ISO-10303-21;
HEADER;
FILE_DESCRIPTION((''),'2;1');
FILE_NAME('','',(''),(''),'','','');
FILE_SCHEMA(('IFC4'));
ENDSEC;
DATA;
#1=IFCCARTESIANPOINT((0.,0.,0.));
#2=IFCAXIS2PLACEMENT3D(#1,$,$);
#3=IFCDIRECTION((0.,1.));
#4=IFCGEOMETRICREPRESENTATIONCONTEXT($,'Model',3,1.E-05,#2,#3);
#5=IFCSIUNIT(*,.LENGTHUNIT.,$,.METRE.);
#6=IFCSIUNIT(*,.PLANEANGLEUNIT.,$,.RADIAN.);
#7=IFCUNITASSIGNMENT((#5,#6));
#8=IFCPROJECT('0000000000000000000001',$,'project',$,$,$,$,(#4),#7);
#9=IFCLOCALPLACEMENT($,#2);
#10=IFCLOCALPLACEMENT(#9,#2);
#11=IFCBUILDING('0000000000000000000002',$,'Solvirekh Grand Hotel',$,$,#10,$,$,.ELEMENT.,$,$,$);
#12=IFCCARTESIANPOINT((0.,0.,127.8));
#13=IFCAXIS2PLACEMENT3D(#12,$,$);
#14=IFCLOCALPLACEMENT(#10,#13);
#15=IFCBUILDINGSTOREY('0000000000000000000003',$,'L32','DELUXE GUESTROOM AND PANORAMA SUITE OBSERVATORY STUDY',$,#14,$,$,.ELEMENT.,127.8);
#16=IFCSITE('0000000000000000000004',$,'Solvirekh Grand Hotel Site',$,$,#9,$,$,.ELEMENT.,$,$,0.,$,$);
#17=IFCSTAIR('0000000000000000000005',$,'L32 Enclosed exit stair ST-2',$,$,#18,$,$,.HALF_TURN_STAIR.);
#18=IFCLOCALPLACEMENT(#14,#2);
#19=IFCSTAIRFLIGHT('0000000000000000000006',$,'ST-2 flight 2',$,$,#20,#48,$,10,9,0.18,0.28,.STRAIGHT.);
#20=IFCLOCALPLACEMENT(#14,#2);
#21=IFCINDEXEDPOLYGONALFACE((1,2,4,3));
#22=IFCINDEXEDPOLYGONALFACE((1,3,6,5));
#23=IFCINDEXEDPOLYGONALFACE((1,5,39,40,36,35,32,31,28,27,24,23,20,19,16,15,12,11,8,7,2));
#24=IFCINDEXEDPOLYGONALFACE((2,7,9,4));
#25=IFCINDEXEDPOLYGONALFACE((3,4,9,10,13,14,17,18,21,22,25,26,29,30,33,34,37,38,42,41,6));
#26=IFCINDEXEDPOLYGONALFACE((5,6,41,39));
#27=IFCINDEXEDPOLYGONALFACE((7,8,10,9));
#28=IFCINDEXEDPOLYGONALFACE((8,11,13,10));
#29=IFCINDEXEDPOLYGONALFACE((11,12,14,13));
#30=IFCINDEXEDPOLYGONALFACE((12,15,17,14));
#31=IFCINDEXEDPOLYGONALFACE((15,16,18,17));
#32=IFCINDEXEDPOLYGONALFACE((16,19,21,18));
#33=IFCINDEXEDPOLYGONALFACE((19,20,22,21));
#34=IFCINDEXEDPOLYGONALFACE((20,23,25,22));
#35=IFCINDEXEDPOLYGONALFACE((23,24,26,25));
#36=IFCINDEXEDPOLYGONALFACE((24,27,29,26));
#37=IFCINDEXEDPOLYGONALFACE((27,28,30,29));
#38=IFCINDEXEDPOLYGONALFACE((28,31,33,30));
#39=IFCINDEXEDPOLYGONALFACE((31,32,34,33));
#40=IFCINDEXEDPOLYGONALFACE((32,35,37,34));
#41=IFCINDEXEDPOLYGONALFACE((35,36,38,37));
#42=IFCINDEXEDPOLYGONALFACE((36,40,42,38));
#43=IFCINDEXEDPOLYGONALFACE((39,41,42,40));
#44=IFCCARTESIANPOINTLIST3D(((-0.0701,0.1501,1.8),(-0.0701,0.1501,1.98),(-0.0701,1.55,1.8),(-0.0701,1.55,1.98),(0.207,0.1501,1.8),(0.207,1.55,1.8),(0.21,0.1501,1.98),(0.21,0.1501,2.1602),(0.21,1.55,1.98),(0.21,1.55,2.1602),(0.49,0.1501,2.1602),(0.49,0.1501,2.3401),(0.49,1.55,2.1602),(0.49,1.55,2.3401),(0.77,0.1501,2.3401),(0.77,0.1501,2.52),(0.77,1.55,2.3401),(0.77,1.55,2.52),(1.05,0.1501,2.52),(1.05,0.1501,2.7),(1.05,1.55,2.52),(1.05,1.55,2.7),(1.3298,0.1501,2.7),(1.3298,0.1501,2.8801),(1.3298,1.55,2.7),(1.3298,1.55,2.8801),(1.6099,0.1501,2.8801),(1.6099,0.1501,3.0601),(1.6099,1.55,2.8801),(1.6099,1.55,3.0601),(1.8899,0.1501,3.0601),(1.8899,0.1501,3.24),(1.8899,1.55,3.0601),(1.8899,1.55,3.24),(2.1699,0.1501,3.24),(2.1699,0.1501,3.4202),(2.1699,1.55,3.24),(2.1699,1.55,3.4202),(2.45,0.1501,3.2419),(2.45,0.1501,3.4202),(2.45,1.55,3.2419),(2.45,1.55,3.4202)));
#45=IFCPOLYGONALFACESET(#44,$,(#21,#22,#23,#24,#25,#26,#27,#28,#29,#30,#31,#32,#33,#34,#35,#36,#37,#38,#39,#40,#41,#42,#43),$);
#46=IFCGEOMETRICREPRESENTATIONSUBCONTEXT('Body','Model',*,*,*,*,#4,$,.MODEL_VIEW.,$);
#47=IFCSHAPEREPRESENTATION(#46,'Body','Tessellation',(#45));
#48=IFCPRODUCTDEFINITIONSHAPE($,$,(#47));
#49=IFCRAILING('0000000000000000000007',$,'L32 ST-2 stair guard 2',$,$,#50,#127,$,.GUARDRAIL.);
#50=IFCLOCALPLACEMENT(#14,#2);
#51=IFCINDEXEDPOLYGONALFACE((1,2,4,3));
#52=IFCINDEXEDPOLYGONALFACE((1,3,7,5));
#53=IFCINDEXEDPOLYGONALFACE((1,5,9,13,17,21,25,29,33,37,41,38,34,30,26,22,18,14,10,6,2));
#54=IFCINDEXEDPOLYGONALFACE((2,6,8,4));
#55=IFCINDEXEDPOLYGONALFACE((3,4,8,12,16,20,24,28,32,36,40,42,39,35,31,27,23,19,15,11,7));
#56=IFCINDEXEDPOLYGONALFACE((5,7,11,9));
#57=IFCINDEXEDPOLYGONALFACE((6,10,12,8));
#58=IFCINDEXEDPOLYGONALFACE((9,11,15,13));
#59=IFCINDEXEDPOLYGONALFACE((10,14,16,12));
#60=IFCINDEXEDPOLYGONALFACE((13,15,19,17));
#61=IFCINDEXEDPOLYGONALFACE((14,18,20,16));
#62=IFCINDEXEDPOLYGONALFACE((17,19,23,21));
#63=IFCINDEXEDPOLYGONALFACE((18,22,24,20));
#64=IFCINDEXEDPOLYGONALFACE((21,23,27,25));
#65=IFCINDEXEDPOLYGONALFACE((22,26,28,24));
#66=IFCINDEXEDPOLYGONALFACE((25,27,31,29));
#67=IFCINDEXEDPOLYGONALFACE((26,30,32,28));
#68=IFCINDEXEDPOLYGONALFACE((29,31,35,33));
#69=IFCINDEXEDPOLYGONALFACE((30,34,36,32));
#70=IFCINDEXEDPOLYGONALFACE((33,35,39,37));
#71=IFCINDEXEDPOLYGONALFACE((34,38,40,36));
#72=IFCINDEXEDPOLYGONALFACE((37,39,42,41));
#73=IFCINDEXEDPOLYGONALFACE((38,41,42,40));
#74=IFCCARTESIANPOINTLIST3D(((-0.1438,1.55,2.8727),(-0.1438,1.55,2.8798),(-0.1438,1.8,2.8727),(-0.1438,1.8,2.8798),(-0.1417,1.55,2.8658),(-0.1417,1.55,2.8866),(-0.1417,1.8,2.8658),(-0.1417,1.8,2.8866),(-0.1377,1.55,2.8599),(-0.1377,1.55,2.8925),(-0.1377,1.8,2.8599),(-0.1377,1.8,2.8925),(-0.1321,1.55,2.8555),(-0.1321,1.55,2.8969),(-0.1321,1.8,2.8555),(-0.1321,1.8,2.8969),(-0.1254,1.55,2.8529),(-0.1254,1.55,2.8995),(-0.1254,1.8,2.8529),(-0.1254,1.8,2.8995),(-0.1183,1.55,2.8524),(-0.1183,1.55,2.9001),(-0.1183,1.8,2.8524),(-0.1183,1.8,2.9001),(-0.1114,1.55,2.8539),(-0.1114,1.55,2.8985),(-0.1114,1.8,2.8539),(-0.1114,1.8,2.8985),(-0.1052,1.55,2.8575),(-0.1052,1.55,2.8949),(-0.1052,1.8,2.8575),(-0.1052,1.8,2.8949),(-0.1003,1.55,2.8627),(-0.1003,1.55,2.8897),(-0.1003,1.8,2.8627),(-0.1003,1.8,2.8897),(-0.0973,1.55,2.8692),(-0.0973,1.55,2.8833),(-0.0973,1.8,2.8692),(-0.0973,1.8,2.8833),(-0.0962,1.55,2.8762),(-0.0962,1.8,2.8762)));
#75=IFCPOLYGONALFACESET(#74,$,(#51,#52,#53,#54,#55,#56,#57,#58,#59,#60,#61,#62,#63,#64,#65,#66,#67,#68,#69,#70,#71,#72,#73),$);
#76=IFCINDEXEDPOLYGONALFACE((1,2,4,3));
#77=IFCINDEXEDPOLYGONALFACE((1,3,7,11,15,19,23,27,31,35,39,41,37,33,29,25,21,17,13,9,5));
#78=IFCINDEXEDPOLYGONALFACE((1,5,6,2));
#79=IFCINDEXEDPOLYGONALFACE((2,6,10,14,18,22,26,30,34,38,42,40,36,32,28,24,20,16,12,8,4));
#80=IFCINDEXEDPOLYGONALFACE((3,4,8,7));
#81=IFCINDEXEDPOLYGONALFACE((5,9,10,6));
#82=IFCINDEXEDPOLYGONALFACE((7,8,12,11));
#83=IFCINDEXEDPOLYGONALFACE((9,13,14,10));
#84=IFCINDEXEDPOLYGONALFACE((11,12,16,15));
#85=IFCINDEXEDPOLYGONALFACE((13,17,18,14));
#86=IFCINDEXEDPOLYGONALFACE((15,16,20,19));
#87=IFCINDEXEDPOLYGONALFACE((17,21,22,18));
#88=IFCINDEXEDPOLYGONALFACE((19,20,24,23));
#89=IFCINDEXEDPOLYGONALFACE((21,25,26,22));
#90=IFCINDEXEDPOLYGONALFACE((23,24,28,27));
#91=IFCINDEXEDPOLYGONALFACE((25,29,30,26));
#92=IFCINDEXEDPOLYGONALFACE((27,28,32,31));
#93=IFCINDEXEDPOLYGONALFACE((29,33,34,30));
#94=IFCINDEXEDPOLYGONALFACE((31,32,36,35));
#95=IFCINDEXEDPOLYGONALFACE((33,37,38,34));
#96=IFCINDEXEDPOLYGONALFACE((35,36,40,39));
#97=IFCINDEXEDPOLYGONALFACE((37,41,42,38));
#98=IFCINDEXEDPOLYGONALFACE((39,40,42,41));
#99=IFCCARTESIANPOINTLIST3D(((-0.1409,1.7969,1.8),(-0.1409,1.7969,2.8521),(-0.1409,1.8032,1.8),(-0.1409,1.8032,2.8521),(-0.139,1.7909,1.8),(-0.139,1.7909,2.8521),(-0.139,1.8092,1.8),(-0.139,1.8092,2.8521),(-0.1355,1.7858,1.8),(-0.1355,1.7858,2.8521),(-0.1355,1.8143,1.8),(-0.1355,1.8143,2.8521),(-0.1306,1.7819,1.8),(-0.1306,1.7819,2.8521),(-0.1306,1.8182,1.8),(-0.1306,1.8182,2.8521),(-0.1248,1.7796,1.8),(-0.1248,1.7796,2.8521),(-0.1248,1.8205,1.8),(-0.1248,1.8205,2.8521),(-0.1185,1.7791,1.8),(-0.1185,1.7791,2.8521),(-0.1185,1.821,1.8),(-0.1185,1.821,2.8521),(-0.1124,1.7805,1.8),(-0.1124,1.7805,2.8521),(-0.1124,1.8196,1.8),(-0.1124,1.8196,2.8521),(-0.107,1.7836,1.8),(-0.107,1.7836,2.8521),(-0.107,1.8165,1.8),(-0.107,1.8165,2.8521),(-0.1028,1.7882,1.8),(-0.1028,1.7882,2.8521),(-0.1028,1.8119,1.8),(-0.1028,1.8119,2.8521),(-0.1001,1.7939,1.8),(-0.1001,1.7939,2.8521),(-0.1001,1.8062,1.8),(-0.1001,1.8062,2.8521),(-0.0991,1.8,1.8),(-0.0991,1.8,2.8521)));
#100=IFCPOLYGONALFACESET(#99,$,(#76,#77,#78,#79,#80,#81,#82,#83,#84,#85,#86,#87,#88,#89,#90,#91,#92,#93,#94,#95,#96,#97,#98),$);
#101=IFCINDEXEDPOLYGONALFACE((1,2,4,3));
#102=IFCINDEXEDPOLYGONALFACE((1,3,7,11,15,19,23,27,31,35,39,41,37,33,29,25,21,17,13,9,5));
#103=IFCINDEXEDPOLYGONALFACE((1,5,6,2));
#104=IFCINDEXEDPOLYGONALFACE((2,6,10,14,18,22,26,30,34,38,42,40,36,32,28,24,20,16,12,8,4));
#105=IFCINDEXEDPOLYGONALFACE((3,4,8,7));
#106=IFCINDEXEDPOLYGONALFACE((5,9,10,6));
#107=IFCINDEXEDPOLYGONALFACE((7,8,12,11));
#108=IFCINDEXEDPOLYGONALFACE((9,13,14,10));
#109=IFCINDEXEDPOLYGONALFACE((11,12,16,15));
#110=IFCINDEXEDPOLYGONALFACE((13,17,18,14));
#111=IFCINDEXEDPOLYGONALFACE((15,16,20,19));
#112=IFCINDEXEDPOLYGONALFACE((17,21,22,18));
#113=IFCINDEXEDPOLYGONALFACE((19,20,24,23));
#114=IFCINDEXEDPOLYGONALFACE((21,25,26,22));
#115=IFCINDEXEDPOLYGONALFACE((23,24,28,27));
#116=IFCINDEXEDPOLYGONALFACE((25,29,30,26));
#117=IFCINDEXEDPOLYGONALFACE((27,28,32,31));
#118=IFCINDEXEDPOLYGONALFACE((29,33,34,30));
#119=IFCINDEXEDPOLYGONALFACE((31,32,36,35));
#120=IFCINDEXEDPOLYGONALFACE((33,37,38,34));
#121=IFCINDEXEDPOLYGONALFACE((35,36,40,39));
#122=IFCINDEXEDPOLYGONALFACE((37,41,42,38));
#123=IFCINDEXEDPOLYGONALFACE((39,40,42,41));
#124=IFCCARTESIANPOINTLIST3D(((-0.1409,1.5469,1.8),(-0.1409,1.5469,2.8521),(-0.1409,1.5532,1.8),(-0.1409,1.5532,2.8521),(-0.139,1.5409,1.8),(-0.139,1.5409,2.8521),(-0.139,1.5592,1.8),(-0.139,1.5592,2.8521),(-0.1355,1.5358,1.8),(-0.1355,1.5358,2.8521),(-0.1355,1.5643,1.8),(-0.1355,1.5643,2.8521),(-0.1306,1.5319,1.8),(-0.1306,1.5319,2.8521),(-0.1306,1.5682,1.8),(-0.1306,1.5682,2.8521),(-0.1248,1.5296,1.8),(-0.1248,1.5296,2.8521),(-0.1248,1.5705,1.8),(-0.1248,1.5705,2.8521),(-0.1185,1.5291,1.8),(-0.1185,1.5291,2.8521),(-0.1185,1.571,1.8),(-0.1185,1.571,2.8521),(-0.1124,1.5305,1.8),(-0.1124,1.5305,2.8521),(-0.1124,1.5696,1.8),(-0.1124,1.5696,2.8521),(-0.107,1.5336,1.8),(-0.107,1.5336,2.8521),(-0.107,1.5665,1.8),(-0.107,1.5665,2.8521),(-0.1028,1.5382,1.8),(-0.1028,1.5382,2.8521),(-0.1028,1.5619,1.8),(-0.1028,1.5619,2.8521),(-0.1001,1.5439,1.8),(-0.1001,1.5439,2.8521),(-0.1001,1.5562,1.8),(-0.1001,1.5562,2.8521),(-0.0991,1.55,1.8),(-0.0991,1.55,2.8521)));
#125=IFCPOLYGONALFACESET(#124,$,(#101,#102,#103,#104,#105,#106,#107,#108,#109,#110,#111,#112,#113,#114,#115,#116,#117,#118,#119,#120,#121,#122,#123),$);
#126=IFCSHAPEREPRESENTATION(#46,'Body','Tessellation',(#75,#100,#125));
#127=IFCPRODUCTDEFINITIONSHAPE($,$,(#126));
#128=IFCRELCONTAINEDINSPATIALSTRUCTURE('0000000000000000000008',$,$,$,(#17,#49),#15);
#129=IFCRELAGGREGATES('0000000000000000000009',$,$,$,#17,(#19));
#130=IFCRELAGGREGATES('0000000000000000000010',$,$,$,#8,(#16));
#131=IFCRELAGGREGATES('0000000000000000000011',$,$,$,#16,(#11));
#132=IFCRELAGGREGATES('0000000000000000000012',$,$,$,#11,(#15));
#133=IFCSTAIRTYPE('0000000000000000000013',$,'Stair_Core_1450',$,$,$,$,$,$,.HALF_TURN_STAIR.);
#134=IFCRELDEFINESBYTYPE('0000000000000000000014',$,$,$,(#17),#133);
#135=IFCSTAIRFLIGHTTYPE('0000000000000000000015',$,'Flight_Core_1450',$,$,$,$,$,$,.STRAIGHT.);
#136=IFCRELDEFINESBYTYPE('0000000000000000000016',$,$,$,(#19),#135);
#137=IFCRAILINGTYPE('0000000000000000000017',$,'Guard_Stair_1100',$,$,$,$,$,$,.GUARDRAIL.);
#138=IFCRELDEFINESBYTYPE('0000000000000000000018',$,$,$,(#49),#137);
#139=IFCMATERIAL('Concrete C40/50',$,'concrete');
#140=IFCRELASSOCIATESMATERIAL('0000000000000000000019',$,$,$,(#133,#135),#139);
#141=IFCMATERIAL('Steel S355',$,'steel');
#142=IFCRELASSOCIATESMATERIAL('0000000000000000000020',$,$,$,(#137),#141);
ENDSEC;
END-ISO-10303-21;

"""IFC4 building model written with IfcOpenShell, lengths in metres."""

from ifc_helpers import new_model, si_unit, direction, frame, origin, origin_2d, place, context, subcontext, project, spatial, polyline, circle, outline, extrude, material, type_object, element, aggregate, save


model = new_model("IFC4")

# Units and contexts
model_context = context("Model", 3, precision=1e-05, world=origin(), true_north=direction((0.0, 1.0)))
body_context = subcontext(model_context, "Body", "Model", "MODEL_VIEW")
ifc_project = project(units=[si_unit("LENGTHUNIT", "METRE"), si_unit("PLANEANGLEUNIT", "RADIAN")], contexts=[model_context])

# Site, building, storey
site_placement = place(None, origin())
site = spatial("IfcSite", under=ifc_project, at=site_placement, Name="Solvirekh Grand Hotel Site", CompositionType="ELEMENT", RefElevation=0.0)
building_placement = place(site_placement, origin())
building = spatial("IfcBuilding", under=site, at=building_placement, Name="Solvirekh Grand Hotel", CompositionType="ELEMENT")
storey_placement = place(building_placement, frame((0.0, 0.0, 127.8)))
storey = spatial("IfcBuildingStorey", under=building, at=storey_placement, Name="L32", Description="DELUXE GUESTROOM AND PANORAMA SUITE OBSERVATORY STUDY", CompositionType="ELEMENT", Elevation=127.8)

# Shared definitions
ifc_material_1 = material(Name="Steel S355", Category="steel")

# Shared definitions
ifc_material_2 = material(Name="Concrete C40/50", Category="concrete")

# Stair, stair flight
stair_type = type_object("IfcStairType", Name="Stair_Core_1450", PredefinedType="HALF_TURN_STAIR", material=ifc_material_2)
stair_placement = place(storey_placement, origin())
stair = element("IfcStair", 1, at=stair_placement, inside=storey, type_object=stair_type, Name="L32 Enclosed exit stair ST-2", PredefinedType="HALF_TURN_STAIR")
stair_flight_type = type_object("IfcStairFlightType", Name="Flight_Core_1450", PredefinedType="STRAIGHT", material=ifc_material_2)
stair_flight_placement = place(storey_placement, frame((-0.0701, 0.8501, 1.8), z_axis=(0.0, 0.0, 1.0), x_axis=(1.0, 0.0, 0.0)))
stair_flight = element("IfcStairFlight", 2, at=stair_flight_placement, type_object=stair_flight_type, Name="ST-2 flight 2", NumberOfRisers=10, NumberOfTreads=9, PredefinedType="STRAIGHT", RiserHeight=0.18, TreadLength=0.28, context=body_context, shape_type="SweptSolid", body=[
    extrude(outline(polyline([(0.0, 0.0), (0.0, 0.1799), (0.28, 0.1799), (0.28, 0.3601), (0.5601, 0.3601), (0.5601, 0.54), (0.8401, 0.54), (0.8401, 0.72), (1.1201, 0.72), (1.1201, 0.8999), (1.3999, 0.8999), (1.3999, 1.0801), (1.6799, 1.0801), (1.6799, 1.26), (1.96, 1.26), (1.96, 1.4399), (2.24, 1.4399), (2.24, 1.6201), (2.52, 1.6201), (2.52, 1.8), (2.52, 1.4419), (0.2771, 0.0), (0.0, 0.0)])), frame((0.0, 0.7, 0.0), z_axis=(0.0, -1.0, 0.0), x_axis=(1.0, 0.0, 0.0)), (0.0, 0.0, 1.0), 1.3999),
])
aggregate(stair, [stair_flight])

# Railing
railing_type = type_object("IfcRailingType", Name="Guard_Stair_1100", PredefinedType="GUARDRAIL", material=ifc_material_1)
railing_1_placement = place(storey_placement, frame((-0.1201, 1.8, 1.8)))
element("IfcRailing", 3, at=railing_1_placement, inside=storey, type_object=railing_type, Name="L32 ST-2 stair guard 2", PredefinedType="GUARDRAIL", context=body_context, shape_type="SweptSolid", body=[
    extrude(circle(Radius=0.0239, at=origin_2d()), frame((0.0, 0.0, 1.0762), z_axis=(0.0, -1.0, 0.0), x_axis=(1.0, 0.0, 0.0)), (0.0, 0.0, 1.0), 0.25),
    extrude(circle(Radius=0.021, at=origin_2d()), origin(), (0.0, 0.0, 1.0), 1.052),
    extrude(circle(Radius=0.021, at=origin_2d()), frame((0.0, -0.25, 0.0)), (0.0, 0.0, 1.0), 1.052),
])

save(model, "model.ifc")
